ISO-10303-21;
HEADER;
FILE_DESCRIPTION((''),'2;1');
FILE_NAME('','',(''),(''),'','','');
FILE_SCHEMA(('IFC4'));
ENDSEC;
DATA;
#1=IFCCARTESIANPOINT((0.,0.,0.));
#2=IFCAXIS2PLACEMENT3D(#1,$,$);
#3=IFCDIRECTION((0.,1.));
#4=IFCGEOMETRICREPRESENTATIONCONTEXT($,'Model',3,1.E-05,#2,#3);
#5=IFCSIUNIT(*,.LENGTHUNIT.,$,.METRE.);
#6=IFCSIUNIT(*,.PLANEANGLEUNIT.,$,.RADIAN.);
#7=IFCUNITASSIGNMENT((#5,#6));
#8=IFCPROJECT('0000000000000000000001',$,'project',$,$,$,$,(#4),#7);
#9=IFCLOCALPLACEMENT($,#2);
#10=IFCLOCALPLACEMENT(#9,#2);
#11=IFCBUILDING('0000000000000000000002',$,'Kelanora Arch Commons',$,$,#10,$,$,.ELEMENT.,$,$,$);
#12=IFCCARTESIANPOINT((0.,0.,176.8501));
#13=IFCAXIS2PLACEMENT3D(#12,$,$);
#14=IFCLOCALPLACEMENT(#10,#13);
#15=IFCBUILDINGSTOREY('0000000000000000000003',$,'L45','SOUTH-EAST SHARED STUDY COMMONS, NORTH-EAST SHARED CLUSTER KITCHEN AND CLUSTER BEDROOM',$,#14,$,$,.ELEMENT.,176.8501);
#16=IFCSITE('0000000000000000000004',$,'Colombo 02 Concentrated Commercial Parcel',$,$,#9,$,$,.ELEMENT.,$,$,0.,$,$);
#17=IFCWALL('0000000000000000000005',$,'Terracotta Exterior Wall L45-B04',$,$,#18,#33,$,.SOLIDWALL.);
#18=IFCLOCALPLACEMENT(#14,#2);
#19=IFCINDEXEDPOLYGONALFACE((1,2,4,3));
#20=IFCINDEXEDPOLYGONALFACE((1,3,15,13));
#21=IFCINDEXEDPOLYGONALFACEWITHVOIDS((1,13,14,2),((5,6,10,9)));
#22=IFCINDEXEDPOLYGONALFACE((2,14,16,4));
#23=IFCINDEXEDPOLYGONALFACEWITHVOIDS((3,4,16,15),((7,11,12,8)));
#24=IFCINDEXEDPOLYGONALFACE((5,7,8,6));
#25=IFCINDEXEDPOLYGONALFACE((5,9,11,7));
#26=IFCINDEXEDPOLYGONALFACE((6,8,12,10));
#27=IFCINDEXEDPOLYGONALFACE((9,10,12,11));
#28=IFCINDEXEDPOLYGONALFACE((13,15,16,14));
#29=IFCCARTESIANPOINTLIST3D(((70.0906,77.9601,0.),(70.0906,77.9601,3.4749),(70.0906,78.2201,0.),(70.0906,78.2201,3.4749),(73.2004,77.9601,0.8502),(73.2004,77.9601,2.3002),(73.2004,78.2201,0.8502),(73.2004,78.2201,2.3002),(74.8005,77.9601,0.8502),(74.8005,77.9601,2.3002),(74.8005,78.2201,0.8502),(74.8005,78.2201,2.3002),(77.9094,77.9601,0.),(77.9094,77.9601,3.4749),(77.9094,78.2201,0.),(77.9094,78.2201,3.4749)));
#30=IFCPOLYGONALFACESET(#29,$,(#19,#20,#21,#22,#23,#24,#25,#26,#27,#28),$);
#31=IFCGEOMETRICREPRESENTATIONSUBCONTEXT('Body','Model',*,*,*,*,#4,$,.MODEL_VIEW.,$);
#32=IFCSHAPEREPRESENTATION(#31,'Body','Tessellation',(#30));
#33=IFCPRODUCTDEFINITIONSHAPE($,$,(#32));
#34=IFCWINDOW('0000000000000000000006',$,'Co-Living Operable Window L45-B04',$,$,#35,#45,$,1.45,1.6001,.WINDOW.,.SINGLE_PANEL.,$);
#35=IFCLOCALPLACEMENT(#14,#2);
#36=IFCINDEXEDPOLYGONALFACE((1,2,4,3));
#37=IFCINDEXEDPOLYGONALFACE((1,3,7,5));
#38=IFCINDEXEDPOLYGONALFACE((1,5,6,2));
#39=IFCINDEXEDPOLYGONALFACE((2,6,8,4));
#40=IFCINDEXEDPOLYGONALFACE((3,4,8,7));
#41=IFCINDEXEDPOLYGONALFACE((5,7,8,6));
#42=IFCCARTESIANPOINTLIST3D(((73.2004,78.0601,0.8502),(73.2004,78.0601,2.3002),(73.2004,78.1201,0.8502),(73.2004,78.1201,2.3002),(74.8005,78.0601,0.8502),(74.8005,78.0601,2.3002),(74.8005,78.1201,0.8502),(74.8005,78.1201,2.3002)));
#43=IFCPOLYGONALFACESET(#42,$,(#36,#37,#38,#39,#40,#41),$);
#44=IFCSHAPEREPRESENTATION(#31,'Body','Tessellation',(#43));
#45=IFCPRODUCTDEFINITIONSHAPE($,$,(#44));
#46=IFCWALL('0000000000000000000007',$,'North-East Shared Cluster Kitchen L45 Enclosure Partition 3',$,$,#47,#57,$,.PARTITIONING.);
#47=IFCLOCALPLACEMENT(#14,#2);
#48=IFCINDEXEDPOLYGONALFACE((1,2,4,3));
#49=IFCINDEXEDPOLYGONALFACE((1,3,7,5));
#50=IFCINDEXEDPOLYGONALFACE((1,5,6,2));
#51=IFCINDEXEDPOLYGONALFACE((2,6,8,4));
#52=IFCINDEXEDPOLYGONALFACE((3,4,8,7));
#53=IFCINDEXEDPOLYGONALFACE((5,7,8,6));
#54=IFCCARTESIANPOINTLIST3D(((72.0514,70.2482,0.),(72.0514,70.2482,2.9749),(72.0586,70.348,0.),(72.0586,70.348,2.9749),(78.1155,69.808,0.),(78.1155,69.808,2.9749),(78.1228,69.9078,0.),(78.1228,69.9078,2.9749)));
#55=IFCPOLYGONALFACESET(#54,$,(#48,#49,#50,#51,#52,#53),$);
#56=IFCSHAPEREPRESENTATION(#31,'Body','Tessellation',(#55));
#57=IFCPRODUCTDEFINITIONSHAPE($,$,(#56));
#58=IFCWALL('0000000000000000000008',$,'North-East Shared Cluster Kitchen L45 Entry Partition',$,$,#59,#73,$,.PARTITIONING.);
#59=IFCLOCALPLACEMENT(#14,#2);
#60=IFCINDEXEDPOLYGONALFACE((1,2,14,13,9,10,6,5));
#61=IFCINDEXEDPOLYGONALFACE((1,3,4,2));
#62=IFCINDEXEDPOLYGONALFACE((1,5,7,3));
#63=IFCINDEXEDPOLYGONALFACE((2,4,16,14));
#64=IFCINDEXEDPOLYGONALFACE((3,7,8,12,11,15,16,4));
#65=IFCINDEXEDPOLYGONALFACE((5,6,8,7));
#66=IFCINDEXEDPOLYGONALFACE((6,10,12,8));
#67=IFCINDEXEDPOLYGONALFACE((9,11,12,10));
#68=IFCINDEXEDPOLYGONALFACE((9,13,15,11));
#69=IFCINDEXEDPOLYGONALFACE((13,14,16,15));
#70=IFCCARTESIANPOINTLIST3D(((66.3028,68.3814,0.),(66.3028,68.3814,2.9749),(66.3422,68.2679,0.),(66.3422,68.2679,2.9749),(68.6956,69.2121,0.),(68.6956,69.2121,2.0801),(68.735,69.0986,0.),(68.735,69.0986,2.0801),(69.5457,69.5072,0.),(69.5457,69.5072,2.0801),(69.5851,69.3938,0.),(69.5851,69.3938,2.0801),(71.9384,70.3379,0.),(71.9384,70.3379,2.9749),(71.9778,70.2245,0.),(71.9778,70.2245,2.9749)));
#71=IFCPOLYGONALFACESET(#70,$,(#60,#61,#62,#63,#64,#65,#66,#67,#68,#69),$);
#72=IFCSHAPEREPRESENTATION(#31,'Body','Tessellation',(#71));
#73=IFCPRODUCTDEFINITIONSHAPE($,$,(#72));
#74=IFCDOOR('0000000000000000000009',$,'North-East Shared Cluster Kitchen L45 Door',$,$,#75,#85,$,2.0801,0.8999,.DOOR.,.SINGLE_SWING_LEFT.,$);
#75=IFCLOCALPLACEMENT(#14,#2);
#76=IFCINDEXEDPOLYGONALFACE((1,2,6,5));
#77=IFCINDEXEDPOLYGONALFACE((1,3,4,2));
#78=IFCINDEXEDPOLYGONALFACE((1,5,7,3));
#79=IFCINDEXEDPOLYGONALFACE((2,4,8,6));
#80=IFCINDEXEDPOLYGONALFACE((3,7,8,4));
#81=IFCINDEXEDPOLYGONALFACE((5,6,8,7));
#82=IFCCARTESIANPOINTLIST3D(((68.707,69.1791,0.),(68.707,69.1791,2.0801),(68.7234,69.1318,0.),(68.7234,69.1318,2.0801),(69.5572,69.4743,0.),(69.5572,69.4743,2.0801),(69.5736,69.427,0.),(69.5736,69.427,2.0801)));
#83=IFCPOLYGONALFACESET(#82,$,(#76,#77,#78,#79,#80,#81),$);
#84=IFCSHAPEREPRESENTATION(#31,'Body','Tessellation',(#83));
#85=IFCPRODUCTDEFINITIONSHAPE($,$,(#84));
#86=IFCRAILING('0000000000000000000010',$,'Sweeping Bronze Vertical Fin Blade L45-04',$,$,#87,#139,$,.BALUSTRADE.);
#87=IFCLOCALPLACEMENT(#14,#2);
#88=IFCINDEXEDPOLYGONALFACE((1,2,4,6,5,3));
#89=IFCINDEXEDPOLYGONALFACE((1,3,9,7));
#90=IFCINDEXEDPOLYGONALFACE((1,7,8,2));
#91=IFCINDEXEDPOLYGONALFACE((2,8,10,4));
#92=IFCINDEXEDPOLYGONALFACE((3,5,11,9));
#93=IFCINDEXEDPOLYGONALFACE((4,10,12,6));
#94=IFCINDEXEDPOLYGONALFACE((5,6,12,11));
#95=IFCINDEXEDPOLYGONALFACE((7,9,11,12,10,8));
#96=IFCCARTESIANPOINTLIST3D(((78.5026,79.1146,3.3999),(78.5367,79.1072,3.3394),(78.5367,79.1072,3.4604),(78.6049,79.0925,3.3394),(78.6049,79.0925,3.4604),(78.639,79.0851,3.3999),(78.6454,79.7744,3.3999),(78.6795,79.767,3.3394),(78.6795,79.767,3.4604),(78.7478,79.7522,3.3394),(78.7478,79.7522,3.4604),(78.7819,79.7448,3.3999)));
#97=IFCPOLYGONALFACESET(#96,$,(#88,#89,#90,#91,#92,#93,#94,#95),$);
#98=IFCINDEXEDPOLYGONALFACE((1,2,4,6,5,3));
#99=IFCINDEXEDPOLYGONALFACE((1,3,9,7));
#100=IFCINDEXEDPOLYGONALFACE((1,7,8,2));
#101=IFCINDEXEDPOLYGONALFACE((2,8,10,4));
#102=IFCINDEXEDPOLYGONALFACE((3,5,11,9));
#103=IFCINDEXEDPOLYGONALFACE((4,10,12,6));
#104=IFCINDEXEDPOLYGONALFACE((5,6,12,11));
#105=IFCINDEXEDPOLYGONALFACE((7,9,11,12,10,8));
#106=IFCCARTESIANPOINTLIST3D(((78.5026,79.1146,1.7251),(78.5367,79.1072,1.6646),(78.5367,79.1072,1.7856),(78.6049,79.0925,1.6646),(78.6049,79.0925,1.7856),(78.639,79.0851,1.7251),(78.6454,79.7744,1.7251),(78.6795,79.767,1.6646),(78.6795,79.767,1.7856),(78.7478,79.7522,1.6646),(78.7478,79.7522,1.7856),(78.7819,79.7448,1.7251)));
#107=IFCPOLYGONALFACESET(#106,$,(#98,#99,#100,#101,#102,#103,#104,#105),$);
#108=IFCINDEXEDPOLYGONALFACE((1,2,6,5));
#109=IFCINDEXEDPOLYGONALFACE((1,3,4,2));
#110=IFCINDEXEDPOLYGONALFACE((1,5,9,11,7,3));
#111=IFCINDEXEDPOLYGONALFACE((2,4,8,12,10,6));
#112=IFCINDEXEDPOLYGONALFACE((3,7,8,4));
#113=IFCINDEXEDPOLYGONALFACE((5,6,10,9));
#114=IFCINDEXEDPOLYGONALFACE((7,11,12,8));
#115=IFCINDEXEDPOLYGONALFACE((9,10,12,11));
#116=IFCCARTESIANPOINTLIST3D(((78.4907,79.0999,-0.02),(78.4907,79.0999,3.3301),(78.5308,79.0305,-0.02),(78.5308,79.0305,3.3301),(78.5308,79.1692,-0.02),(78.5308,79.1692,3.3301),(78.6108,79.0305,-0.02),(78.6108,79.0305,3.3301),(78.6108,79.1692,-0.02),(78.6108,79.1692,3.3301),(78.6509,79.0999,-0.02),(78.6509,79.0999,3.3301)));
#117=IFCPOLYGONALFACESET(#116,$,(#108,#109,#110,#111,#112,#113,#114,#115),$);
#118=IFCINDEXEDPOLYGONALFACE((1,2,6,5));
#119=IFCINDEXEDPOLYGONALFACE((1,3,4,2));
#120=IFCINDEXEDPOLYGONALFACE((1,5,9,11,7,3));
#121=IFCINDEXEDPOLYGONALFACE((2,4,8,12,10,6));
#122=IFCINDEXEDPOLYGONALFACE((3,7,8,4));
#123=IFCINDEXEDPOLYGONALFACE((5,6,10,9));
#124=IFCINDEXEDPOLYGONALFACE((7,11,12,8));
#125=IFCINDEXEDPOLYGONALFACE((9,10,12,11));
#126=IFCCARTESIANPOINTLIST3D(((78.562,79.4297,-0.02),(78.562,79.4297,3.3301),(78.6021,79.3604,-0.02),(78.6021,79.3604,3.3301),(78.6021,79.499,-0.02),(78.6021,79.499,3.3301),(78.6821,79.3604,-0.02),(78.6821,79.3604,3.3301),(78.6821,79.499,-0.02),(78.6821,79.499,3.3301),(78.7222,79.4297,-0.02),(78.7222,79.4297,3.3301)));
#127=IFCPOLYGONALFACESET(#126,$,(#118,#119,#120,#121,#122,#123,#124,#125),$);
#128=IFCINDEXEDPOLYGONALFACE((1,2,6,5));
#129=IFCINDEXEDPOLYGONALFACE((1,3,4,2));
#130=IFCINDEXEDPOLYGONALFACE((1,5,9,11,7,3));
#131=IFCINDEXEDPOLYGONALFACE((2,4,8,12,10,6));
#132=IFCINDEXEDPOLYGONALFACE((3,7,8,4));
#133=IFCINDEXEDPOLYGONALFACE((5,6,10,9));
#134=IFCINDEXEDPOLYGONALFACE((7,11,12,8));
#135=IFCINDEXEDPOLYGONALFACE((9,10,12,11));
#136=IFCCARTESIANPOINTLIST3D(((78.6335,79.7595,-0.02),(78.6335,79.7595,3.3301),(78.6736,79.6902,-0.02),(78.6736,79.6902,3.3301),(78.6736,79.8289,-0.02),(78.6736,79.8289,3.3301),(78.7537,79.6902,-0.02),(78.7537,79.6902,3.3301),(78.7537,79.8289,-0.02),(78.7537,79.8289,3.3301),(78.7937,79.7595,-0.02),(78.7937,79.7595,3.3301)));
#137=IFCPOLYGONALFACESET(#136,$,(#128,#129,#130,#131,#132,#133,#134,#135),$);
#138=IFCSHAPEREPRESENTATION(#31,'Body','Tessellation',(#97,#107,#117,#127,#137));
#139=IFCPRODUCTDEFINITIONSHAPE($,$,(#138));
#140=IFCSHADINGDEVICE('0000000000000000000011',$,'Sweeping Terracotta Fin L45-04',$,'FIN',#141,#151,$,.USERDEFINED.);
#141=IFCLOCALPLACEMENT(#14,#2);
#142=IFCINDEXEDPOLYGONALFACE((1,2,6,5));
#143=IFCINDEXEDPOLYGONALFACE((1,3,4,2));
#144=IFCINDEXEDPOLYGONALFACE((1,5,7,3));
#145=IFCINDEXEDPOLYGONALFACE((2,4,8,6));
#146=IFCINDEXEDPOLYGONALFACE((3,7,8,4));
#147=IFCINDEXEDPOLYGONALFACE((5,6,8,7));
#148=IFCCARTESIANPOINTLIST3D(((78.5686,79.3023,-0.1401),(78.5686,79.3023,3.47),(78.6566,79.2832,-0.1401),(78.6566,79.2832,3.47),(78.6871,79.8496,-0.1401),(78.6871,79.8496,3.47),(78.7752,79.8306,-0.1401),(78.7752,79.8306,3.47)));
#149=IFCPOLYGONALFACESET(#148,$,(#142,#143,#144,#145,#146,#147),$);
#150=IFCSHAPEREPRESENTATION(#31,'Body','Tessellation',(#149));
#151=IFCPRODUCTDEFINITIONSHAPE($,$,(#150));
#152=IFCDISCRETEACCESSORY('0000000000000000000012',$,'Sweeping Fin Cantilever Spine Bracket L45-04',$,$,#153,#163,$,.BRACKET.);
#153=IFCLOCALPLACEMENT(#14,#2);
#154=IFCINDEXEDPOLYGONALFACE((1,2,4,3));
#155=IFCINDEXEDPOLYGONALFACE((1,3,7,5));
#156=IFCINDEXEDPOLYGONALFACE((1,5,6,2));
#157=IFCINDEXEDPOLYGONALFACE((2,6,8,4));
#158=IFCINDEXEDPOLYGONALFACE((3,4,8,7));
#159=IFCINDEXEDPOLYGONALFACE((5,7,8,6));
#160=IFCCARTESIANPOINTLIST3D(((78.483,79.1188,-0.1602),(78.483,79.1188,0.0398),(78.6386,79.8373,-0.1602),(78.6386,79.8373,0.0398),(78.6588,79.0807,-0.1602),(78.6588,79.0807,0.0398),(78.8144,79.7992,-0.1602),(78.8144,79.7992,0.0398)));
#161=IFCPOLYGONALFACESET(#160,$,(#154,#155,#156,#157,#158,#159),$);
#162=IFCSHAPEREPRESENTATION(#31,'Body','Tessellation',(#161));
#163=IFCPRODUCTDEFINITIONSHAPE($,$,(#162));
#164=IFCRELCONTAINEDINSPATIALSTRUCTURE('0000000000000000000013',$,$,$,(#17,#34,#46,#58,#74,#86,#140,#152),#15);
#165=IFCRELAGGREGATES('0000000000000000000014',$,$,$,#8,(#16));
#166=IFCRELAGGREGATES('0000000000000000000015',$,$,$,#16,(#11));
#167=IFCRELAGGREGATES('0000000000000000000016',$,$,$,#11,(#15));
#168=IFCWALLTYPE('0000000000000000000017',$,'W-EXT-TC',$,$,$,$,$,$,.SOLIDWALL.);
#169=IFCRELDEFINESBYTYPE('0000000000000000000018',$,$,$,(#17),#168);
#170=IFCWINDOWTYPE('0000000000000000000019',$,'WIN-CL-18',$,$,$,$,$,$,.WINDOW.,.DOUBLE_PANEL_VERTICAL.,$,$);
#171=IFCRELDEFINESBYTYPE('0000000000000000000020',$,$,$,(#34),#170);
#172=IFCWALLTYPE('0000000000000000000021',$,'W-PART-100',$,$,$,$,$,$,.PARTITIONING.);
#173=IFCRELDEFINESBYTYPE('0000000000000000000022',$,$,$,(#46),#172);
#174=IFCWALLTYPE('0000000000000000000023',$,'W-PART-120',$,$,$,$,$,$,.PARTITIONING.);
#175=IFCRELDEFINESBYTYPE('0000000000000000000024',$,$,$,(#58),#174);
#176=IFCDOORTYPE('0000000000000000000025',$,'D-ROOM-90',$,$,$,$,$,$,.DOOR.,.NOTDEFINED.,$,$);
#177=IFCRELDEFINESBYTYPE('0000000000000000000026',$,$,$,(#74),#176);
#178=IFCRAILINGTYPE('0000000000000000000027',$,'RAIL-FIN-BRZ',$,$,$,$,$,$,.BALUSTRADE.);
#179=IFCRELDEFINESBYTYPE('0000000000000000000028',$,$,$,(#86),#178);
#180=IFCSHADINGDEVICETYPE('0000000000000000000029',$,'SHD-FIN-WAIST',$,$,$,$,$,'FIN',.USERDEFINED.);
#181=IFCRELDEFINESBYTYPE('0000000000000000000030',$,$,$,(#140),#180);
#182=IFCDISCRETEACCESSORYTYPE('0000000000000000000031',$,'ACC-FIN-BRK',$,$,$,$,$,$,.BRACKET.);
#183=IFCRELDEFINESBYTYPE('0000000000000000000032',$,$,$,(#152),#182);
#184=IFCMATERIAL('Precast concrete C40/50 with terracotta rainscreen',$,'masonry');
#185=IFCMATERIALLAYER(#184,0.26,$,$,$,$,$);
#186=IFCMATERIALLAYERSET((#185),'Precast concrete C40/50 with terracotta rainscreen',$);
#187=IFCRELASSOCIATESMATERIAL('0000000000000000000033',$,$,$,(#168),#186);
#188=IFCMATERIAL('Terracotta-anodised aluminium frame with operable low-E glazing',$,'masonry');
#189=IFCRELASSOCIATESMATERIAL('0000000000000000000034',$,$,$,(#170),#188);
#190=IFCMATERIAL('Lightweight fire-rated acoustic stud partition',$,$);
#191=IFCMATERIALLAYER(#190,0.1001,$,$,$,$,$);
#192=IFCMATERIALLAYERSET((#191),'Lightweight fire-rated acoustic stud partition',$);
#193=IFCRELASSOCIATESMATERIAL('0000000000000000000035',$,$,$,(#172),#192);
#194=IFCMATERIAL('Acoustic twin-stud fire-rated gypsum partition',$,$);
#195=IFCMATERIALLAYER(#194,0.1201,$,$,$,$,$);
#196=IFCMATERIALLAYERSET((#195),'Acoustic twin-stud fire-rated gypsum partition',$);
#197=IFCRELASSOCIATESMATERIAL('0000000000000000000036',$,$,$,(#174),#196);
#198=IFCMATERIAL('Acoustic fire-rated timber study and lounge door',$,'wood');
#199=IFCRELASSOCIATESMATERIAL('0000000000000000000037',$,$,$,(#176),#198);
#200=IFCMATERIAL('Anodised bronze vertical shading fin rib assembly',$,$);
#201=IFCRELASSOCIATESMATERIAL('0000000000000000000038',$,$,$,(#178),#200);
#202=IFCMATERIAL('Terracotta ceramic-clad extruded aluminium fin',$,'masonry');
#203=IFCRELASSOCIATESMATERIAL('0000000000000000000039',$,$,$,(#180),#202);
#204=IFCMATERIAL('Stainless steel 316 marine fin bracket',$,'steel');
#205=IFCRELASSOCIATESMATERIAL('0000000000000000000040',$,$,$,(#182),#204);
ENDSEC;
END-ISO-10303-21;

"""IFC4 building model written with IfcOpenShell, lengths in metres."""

from ifc_helpers import new_model, si_unit, direction, frame, frame_2d, origin, origin_2d, place, context, subcontext, project, spatial, polyline, rectangle, outline, extrude, source, transform, mapped, material, layer, layer_set, type_object, element, fill, save


model = new_model("IFC4")

# Units and contexts
model_context = context("Model", 3, precision=1e-05, world=origin(), true_north=direction((0.0, 1.0)))
body_context = subcontext(model_context, "Body", "Model", "MODEL_VIEW")
ifc_project = project(units=[si_unit("LENGTHUNIT", "METRE"), si_unit("PLANEANGLEUNIT", "RADIAN")], contexts=[model_context])

# Site, building, storey
site_placement = place(None, origin())
site = spatial("IfcSite", under=ifc_project, at=site_placement, Name="Colombo 02 Concentrated Commercial Parcel", CompositionType="ELEMENT", RefElevation=0.0)
building_placement = place(site_placement, origin())
building = spatial("IfcBuilding", under=site, at=building_placement, Name="Kelanora Arch Commons", CompositionType="ELEMENT")
storey_placement = place(building_placement, frame((0.0, 0.0, 176.8501)))
storey = spatial("IfcBuildingStorey", under=building, at=storey_placement, Name="L45", Description="SOUTH-EAST SHARED STUDY COMMONS, NORTH-EAST SHARED CLUSTER KITCHEN AND CLUSTER BEDROOM", CompositionType="ELEMENT", Elevation=176.8501)

# Wall, opening, window
ifc_material_1 = material(Name="Precast concrete C40/50 with terracotta rainscreen", Category="masonry")
ifc_layer_1 = layer(ifc_material_1, 0.26)
ifc_layer_set_1 = layer_set([ifc_layer_1], Name="Precast concrete C40/50 with terracotta rainscreen")
wall_type_1 = type_object("IfcWallType", Name="W-EXT-TC", PredefinedType="SOLIDWALL", material=ifc_layer_set_1)
wall_1_placement = place(storey_placement, frame((77.9094, 78.0901, 0.0), z_axis=(0.0, 0.0, 1.0), x_axis=(-1.0, 0.0, 0.0)))
wall_1 = element("IfcWall", 1, at=wall_1_placement, inside=storey, type_object=wall_type_1, Name="Terracotta Exterior Wall L45-B04", PredefinedType="SOLIDWALL", context=body_context, shape_type="SweptSolid", body=[
    extrude(rectangle(XDim=7.8188, YDim=0.26, at=frame_2d((3.9094, 0.0))), origin(), (0.0, 0.0, 1.0), 3.4749),
])
opening_1_placement = place(wall_1_placement, frame((3.1089, 0.0, 0.8501)))
opening_1 = element("IfcOpeningElement", 2, at=opening_1_placement, cuts=wall_1, PredefinedType="OPENING", context=body_context, shape_type="SweptSolid", body=[
    extrude(rectangle(XDim=1.6001, YDim=1.45, at=frame_2d((0.8, 0.7251))), frame((0.0, 0.1401, 0.0), z_axis=(0.0, -1.0, 0.0), x_axis=(1.0, 0.0, 0.0)), (0.0, 0.0, 1.0), 0.28),
])
ifc_material_2 = material(Name="Terracotta-anodised aluminium frame with operable low-E glazing", Category="masonry")
window_type = type_object("IfcWindowType", Name="WIN-CL-18", PartitioningType="DOUBLE_PANEL_VERTICAL", PredefinedType="WINDOW", material=ifc_material_2)
window_placement = place(opening_1_placement, origin())
window = element("IfcWindow", 3, at=window_placement, inside=storey, type_object=window_type, Name="Co-Living Operable Window L45-B04", OverallHeight=1.45, OverallWidth=1.6001, PartitioningType="SINGLE_PANEL", PredefinedType="WINDOW", context=body_context, shape_type="SweptSolid", body=[
    extrude(rectangle(XDim=1.6001, YDim=1.45, at=frame_2d((0.8, 0.7251))), frame((0.0, 0.03, 0.0), z_axis=(0.0, -1.0, 0.0), x_axis=(1.0, 0.0, 0.0)), (0.0, 0.0, 1.0), 0.0601),
])
fill(opening_1, window)

# Wall
ifc_material_3 = material(Name="Lightweight fire-rated acoustic stud partition")
ifc_layer_2 = layer(ifc_material_3, 0.1001)
ifc_layer_set_2 = layer_set([ifc_layer_2], Name="Lightweight fire-rated acoustic stud partition")
wall_type_2 = type_object("IfcWallType", Name="W-PART-100", PredefinedType="PARTITIONING", material=ifc_layer_set_2)
wall_2_placement = place(storey_placement, frame((78.1191, 69.8579, 0.0), z_axis=(0.0, 0.0, 1.0), x_axis=(-0.997376, 0.072397, 0.0)))
element("IfcWall", 4, at=wall_2_placement, inside=storey, type_object=wall_type_2, Name="North-East Shared Cluster Kitchen L45 Enclosure Partition 3", PredefinedType="PARTITIONING", context=body_context, shape_type="SweptSolid", body=[
    extrude(rectangle(XDim=6.0801, YDim=0.1001, at=frame_2d((3.04, 0.0))), origin(), (0.0, 0.0, 1.0), 2.9749),
])

# Wall, opening, door
ifc_material_4 = material(Name="Acoustic twin-stud fire-rated gypsum partition")
ifc_layer_3 = layer(ifc_material_4, 0.1201)
ifc_layer_set_3 = layer_set([ifc_layer_3], Name="Acoustic twin-stud fire-rated gypsum partition")
wall_type_3 = type_object("IfcWallType", Name="W-PART-120", PredefinedType="PARTITIONING", material=ifc_layer_set_3)
wall_3_placement = place(storey_placement, frame((71.9583, 70.2812, 0.0), z_axis=(0.0, 0.0, 1.0), x_axis=(-0.944685, -0.327978, 0.0)))
wall_3 = element("IfcWall", 5, at=wall_3_placement, inside=storey, type_object=wall_type_3, Name="North-East Shared Cluster Kitchen L45 Entry Partition", PredefinedType="PARTITIONING", context=body_context, shape_type="SweptSolid", body=[
    extrude(rectangle(XDim=5.9656, YDim=0.1201, at=frame_2d((2.9829, 0.0))), origin(), (0.0, 0.0, 1.0), 2.9749),
])
opening_2_placement = place(wall_3_placement, frame((2.533, 0.0, 0.0)))
opening_2 = element("IfcOpeningElement", 6, at=opening_2_placement, cuts=wall_3, PredefinedType="OPENING", context=body_context, shape_type="SweptSolid", body=[
    extrude(rectangle(XDim=0.8999, YDim=2.0801, at=frame_2d((0.45, 1.04))), frame((0.0, 0.0701, 0.0), z_axis=(0.0, -1.0, 0.0), x_axis=(1.0, 0.0, 0.0)), (0.0, 0.0, 1.0), 0.1401),
])
ifc_material_5 = material(Name="Acoustic fire-rated timber study and lounge door", Category="wood")
door_type = type_object("IfcDoorType", Name="D-ROOM-90", OperationType="NOTDEFINED", PredefinedType="DOOR", material=ifc_material_5)
door_placement = place(opening_2_placement, origin())
door = element("IfcDoor", 7, at=door_placement, inside=storey, type_object=door_type, Name="North-East Shared Cluster Kitchen L45 Door", OperationType="SINGLE_SWING_LEFT", OverallHeight=2.0801, OverallWidth=0.8999, PredefinedType="DOOR", context=body_context, shape_type="SweptSolid", body=[
    extrude(rectangle(XDim=0.8999, YDim=2.0801, at=frame_2d((0.45, 1.04))), frame((0.0, 0.0249, 0.0), z_axis=(0.0, -1.0, 0.0), x_axis=(1.0, 0.0, 0.0)), (0.0, 0.0, 1.0), 0.05),
])
fill(opening_2, door)

# Railing
ifc_material_6 = material(Name="Anodised bronze vertical shading fin rib assembly")
railing_type = type_object("IfcRailingType", Name="RAIL-FIN-BRZ", PredefinedType="BALUSTRADE", material=ifc_material_6)
railing_placement = place(storey_placement, frame((78.5708, 79.0999, -0.02)))
element("IfcRailing", 8, at=railing_placement, inside=storey, type_object=railing_type, Name="Sweeping Bronze Vertical Fin Blade L45-04", PredefinedType="BALUSTRADE", context=body_context, shape_type="SweptSolid", body=[
    extrude(outline(polyline([(0.0698, 0.0), (0.0349, 0.0605), (-0.0349, 0.0605), (-0.0698, 0.0), (-0.0349, -0.0605), (0.0349, -0.0605), (0.0698, 0.0)])), frame((0.0, 0.0, 3.4199), z_axis=(0.211604, 0.977356, 0.0), x_axis=(-0.977356, 0.211604, 0.0)), (0.0, 0.0, 1.0), 0.675),
    extrude(outline(polyline([(0.0698, 0.0), (0.0349, 0.0605), (-0.0349, 0.0605), (-0.0698, 0.0), (-0.0349, -0.0605), (0.0349, -0.0605), (0.0698, 0.0)])), frame((0.0, 0.0, 1.7451), z_axis=(0.211604, 0.977356, 0.0), x_axis=(-0.977356, 0.211604, 0.0)), (0.0, 0.0, 1.0), 0.675),
    extrude(outline(polyline([(0.0801, 0.0), (0.04, 0.0693), (-0.04, 0.0693), (-0.0801, 0.0), (-0.04, -0.0693), (0.04, -0.0693), (0.0801, 0.0)])), origin(), (0.0, 0.0, 1.0), 3.3501),
    extrude(outline(polyline([(0.0801, 0.0), (0.04, 0.0693), (-0.04, 0.0693), (-0.0801, 0.0), (-0.04, -0.0693), (0.04, -0.0693), (0.0801, 0.0)])), frame((0.0713, 0.3298, 0.0)), (0.0, 0.0, 1.0), 3.3501),
    extrude(outline(polyline([(0.0801, 0.0), (0.04, 0.0693), (-0.04, 0.0693), (-0.0801, 0.0), (-0.04, -0.0693), (0.04, -0.0693), (0.0801, 0.0)])), frame((0.1428, 0.6597, 0.0)), (0.0, 0.0, 1.0), 3.3501),
])

# Shading device
ifc_material_7 = material(Name="Terracotta ceramic-clad extruded aluminium fin", Category="masonry")
shading_device_type = type_object("IfcShadingDeviceType", Name="SHD-FIN-WAIST", ElementType="FIN", PredefinedType="USERDEFINED", material=ifc_material_7)
shared_shape_1 = source(origin(), body_context, "Body", "SweptSolid", [
    extrude(rectangle(XDim=0.5601, YDim=0.0901, at=origin_2d()), origin(), (0.0, 0.0, 1.0), 3.6101),
])
shading_device_placement = place(storey_placement, frame((78.6719, 79.5664, -0.1401), z_axis=(0.0, 0.0, 1.0), x_axis=(0.211666, 0.977342, 0.0)))
element("IfcShadingDevice", 9, at=shading_device_placement, inside=storey, type_object=shading_device_type, Name="Sweeping Terracotta Fin L45-04", ObjectType="FIN", PredefinedType="USERDEFINED", context=body_context, shape_type="MappedRepresentation", body=[
    mapped(shared_shape_1, transform((0.0, 0.0, 0.0), scale=1.0)),
])

# Discrete accessory
ifc_material_8 = material(Name="Stainless steel 316 marine fin bracket", Category="steel")
discrete_accessory_type = type_object("IfcDiscreteAccessoryType", Name="ACC-FIN-BRK", PredefinedType="BRACKET", material=ifc_material_8)
shared_shape_2 = source(origin(), body_context, "Body", "SweptSolid", [
    extrude(rectangle(XDim=0.7351, YDim=0.1799, at=origin_2d()), origin(), (0.0, 0.0, 1.0), 0.2),
])
discrete_accessory_placement = place(storey_placement, frame((78.6487, 79.459, -0.1602), z_axis=(0.0, 0.0, 1.0), x_axis=(0.211666, 0.977342, 0.0)))
element("IfcDiscreteAccessory", 10, at=discrete_accessory_placement, inside=storey, type_object=discrete_accessory_type, Name="Sweeping Fin Cantilever Spine Bracket L45-04", PredefinedType="BRACKET", context=body_context, shape_type="MappedRepresentation", body=[
    mapped(shared_shape_2, transform((0.0, 0.0, 0.0), scale=1.0)),
])

save(model, "model.ifc")
